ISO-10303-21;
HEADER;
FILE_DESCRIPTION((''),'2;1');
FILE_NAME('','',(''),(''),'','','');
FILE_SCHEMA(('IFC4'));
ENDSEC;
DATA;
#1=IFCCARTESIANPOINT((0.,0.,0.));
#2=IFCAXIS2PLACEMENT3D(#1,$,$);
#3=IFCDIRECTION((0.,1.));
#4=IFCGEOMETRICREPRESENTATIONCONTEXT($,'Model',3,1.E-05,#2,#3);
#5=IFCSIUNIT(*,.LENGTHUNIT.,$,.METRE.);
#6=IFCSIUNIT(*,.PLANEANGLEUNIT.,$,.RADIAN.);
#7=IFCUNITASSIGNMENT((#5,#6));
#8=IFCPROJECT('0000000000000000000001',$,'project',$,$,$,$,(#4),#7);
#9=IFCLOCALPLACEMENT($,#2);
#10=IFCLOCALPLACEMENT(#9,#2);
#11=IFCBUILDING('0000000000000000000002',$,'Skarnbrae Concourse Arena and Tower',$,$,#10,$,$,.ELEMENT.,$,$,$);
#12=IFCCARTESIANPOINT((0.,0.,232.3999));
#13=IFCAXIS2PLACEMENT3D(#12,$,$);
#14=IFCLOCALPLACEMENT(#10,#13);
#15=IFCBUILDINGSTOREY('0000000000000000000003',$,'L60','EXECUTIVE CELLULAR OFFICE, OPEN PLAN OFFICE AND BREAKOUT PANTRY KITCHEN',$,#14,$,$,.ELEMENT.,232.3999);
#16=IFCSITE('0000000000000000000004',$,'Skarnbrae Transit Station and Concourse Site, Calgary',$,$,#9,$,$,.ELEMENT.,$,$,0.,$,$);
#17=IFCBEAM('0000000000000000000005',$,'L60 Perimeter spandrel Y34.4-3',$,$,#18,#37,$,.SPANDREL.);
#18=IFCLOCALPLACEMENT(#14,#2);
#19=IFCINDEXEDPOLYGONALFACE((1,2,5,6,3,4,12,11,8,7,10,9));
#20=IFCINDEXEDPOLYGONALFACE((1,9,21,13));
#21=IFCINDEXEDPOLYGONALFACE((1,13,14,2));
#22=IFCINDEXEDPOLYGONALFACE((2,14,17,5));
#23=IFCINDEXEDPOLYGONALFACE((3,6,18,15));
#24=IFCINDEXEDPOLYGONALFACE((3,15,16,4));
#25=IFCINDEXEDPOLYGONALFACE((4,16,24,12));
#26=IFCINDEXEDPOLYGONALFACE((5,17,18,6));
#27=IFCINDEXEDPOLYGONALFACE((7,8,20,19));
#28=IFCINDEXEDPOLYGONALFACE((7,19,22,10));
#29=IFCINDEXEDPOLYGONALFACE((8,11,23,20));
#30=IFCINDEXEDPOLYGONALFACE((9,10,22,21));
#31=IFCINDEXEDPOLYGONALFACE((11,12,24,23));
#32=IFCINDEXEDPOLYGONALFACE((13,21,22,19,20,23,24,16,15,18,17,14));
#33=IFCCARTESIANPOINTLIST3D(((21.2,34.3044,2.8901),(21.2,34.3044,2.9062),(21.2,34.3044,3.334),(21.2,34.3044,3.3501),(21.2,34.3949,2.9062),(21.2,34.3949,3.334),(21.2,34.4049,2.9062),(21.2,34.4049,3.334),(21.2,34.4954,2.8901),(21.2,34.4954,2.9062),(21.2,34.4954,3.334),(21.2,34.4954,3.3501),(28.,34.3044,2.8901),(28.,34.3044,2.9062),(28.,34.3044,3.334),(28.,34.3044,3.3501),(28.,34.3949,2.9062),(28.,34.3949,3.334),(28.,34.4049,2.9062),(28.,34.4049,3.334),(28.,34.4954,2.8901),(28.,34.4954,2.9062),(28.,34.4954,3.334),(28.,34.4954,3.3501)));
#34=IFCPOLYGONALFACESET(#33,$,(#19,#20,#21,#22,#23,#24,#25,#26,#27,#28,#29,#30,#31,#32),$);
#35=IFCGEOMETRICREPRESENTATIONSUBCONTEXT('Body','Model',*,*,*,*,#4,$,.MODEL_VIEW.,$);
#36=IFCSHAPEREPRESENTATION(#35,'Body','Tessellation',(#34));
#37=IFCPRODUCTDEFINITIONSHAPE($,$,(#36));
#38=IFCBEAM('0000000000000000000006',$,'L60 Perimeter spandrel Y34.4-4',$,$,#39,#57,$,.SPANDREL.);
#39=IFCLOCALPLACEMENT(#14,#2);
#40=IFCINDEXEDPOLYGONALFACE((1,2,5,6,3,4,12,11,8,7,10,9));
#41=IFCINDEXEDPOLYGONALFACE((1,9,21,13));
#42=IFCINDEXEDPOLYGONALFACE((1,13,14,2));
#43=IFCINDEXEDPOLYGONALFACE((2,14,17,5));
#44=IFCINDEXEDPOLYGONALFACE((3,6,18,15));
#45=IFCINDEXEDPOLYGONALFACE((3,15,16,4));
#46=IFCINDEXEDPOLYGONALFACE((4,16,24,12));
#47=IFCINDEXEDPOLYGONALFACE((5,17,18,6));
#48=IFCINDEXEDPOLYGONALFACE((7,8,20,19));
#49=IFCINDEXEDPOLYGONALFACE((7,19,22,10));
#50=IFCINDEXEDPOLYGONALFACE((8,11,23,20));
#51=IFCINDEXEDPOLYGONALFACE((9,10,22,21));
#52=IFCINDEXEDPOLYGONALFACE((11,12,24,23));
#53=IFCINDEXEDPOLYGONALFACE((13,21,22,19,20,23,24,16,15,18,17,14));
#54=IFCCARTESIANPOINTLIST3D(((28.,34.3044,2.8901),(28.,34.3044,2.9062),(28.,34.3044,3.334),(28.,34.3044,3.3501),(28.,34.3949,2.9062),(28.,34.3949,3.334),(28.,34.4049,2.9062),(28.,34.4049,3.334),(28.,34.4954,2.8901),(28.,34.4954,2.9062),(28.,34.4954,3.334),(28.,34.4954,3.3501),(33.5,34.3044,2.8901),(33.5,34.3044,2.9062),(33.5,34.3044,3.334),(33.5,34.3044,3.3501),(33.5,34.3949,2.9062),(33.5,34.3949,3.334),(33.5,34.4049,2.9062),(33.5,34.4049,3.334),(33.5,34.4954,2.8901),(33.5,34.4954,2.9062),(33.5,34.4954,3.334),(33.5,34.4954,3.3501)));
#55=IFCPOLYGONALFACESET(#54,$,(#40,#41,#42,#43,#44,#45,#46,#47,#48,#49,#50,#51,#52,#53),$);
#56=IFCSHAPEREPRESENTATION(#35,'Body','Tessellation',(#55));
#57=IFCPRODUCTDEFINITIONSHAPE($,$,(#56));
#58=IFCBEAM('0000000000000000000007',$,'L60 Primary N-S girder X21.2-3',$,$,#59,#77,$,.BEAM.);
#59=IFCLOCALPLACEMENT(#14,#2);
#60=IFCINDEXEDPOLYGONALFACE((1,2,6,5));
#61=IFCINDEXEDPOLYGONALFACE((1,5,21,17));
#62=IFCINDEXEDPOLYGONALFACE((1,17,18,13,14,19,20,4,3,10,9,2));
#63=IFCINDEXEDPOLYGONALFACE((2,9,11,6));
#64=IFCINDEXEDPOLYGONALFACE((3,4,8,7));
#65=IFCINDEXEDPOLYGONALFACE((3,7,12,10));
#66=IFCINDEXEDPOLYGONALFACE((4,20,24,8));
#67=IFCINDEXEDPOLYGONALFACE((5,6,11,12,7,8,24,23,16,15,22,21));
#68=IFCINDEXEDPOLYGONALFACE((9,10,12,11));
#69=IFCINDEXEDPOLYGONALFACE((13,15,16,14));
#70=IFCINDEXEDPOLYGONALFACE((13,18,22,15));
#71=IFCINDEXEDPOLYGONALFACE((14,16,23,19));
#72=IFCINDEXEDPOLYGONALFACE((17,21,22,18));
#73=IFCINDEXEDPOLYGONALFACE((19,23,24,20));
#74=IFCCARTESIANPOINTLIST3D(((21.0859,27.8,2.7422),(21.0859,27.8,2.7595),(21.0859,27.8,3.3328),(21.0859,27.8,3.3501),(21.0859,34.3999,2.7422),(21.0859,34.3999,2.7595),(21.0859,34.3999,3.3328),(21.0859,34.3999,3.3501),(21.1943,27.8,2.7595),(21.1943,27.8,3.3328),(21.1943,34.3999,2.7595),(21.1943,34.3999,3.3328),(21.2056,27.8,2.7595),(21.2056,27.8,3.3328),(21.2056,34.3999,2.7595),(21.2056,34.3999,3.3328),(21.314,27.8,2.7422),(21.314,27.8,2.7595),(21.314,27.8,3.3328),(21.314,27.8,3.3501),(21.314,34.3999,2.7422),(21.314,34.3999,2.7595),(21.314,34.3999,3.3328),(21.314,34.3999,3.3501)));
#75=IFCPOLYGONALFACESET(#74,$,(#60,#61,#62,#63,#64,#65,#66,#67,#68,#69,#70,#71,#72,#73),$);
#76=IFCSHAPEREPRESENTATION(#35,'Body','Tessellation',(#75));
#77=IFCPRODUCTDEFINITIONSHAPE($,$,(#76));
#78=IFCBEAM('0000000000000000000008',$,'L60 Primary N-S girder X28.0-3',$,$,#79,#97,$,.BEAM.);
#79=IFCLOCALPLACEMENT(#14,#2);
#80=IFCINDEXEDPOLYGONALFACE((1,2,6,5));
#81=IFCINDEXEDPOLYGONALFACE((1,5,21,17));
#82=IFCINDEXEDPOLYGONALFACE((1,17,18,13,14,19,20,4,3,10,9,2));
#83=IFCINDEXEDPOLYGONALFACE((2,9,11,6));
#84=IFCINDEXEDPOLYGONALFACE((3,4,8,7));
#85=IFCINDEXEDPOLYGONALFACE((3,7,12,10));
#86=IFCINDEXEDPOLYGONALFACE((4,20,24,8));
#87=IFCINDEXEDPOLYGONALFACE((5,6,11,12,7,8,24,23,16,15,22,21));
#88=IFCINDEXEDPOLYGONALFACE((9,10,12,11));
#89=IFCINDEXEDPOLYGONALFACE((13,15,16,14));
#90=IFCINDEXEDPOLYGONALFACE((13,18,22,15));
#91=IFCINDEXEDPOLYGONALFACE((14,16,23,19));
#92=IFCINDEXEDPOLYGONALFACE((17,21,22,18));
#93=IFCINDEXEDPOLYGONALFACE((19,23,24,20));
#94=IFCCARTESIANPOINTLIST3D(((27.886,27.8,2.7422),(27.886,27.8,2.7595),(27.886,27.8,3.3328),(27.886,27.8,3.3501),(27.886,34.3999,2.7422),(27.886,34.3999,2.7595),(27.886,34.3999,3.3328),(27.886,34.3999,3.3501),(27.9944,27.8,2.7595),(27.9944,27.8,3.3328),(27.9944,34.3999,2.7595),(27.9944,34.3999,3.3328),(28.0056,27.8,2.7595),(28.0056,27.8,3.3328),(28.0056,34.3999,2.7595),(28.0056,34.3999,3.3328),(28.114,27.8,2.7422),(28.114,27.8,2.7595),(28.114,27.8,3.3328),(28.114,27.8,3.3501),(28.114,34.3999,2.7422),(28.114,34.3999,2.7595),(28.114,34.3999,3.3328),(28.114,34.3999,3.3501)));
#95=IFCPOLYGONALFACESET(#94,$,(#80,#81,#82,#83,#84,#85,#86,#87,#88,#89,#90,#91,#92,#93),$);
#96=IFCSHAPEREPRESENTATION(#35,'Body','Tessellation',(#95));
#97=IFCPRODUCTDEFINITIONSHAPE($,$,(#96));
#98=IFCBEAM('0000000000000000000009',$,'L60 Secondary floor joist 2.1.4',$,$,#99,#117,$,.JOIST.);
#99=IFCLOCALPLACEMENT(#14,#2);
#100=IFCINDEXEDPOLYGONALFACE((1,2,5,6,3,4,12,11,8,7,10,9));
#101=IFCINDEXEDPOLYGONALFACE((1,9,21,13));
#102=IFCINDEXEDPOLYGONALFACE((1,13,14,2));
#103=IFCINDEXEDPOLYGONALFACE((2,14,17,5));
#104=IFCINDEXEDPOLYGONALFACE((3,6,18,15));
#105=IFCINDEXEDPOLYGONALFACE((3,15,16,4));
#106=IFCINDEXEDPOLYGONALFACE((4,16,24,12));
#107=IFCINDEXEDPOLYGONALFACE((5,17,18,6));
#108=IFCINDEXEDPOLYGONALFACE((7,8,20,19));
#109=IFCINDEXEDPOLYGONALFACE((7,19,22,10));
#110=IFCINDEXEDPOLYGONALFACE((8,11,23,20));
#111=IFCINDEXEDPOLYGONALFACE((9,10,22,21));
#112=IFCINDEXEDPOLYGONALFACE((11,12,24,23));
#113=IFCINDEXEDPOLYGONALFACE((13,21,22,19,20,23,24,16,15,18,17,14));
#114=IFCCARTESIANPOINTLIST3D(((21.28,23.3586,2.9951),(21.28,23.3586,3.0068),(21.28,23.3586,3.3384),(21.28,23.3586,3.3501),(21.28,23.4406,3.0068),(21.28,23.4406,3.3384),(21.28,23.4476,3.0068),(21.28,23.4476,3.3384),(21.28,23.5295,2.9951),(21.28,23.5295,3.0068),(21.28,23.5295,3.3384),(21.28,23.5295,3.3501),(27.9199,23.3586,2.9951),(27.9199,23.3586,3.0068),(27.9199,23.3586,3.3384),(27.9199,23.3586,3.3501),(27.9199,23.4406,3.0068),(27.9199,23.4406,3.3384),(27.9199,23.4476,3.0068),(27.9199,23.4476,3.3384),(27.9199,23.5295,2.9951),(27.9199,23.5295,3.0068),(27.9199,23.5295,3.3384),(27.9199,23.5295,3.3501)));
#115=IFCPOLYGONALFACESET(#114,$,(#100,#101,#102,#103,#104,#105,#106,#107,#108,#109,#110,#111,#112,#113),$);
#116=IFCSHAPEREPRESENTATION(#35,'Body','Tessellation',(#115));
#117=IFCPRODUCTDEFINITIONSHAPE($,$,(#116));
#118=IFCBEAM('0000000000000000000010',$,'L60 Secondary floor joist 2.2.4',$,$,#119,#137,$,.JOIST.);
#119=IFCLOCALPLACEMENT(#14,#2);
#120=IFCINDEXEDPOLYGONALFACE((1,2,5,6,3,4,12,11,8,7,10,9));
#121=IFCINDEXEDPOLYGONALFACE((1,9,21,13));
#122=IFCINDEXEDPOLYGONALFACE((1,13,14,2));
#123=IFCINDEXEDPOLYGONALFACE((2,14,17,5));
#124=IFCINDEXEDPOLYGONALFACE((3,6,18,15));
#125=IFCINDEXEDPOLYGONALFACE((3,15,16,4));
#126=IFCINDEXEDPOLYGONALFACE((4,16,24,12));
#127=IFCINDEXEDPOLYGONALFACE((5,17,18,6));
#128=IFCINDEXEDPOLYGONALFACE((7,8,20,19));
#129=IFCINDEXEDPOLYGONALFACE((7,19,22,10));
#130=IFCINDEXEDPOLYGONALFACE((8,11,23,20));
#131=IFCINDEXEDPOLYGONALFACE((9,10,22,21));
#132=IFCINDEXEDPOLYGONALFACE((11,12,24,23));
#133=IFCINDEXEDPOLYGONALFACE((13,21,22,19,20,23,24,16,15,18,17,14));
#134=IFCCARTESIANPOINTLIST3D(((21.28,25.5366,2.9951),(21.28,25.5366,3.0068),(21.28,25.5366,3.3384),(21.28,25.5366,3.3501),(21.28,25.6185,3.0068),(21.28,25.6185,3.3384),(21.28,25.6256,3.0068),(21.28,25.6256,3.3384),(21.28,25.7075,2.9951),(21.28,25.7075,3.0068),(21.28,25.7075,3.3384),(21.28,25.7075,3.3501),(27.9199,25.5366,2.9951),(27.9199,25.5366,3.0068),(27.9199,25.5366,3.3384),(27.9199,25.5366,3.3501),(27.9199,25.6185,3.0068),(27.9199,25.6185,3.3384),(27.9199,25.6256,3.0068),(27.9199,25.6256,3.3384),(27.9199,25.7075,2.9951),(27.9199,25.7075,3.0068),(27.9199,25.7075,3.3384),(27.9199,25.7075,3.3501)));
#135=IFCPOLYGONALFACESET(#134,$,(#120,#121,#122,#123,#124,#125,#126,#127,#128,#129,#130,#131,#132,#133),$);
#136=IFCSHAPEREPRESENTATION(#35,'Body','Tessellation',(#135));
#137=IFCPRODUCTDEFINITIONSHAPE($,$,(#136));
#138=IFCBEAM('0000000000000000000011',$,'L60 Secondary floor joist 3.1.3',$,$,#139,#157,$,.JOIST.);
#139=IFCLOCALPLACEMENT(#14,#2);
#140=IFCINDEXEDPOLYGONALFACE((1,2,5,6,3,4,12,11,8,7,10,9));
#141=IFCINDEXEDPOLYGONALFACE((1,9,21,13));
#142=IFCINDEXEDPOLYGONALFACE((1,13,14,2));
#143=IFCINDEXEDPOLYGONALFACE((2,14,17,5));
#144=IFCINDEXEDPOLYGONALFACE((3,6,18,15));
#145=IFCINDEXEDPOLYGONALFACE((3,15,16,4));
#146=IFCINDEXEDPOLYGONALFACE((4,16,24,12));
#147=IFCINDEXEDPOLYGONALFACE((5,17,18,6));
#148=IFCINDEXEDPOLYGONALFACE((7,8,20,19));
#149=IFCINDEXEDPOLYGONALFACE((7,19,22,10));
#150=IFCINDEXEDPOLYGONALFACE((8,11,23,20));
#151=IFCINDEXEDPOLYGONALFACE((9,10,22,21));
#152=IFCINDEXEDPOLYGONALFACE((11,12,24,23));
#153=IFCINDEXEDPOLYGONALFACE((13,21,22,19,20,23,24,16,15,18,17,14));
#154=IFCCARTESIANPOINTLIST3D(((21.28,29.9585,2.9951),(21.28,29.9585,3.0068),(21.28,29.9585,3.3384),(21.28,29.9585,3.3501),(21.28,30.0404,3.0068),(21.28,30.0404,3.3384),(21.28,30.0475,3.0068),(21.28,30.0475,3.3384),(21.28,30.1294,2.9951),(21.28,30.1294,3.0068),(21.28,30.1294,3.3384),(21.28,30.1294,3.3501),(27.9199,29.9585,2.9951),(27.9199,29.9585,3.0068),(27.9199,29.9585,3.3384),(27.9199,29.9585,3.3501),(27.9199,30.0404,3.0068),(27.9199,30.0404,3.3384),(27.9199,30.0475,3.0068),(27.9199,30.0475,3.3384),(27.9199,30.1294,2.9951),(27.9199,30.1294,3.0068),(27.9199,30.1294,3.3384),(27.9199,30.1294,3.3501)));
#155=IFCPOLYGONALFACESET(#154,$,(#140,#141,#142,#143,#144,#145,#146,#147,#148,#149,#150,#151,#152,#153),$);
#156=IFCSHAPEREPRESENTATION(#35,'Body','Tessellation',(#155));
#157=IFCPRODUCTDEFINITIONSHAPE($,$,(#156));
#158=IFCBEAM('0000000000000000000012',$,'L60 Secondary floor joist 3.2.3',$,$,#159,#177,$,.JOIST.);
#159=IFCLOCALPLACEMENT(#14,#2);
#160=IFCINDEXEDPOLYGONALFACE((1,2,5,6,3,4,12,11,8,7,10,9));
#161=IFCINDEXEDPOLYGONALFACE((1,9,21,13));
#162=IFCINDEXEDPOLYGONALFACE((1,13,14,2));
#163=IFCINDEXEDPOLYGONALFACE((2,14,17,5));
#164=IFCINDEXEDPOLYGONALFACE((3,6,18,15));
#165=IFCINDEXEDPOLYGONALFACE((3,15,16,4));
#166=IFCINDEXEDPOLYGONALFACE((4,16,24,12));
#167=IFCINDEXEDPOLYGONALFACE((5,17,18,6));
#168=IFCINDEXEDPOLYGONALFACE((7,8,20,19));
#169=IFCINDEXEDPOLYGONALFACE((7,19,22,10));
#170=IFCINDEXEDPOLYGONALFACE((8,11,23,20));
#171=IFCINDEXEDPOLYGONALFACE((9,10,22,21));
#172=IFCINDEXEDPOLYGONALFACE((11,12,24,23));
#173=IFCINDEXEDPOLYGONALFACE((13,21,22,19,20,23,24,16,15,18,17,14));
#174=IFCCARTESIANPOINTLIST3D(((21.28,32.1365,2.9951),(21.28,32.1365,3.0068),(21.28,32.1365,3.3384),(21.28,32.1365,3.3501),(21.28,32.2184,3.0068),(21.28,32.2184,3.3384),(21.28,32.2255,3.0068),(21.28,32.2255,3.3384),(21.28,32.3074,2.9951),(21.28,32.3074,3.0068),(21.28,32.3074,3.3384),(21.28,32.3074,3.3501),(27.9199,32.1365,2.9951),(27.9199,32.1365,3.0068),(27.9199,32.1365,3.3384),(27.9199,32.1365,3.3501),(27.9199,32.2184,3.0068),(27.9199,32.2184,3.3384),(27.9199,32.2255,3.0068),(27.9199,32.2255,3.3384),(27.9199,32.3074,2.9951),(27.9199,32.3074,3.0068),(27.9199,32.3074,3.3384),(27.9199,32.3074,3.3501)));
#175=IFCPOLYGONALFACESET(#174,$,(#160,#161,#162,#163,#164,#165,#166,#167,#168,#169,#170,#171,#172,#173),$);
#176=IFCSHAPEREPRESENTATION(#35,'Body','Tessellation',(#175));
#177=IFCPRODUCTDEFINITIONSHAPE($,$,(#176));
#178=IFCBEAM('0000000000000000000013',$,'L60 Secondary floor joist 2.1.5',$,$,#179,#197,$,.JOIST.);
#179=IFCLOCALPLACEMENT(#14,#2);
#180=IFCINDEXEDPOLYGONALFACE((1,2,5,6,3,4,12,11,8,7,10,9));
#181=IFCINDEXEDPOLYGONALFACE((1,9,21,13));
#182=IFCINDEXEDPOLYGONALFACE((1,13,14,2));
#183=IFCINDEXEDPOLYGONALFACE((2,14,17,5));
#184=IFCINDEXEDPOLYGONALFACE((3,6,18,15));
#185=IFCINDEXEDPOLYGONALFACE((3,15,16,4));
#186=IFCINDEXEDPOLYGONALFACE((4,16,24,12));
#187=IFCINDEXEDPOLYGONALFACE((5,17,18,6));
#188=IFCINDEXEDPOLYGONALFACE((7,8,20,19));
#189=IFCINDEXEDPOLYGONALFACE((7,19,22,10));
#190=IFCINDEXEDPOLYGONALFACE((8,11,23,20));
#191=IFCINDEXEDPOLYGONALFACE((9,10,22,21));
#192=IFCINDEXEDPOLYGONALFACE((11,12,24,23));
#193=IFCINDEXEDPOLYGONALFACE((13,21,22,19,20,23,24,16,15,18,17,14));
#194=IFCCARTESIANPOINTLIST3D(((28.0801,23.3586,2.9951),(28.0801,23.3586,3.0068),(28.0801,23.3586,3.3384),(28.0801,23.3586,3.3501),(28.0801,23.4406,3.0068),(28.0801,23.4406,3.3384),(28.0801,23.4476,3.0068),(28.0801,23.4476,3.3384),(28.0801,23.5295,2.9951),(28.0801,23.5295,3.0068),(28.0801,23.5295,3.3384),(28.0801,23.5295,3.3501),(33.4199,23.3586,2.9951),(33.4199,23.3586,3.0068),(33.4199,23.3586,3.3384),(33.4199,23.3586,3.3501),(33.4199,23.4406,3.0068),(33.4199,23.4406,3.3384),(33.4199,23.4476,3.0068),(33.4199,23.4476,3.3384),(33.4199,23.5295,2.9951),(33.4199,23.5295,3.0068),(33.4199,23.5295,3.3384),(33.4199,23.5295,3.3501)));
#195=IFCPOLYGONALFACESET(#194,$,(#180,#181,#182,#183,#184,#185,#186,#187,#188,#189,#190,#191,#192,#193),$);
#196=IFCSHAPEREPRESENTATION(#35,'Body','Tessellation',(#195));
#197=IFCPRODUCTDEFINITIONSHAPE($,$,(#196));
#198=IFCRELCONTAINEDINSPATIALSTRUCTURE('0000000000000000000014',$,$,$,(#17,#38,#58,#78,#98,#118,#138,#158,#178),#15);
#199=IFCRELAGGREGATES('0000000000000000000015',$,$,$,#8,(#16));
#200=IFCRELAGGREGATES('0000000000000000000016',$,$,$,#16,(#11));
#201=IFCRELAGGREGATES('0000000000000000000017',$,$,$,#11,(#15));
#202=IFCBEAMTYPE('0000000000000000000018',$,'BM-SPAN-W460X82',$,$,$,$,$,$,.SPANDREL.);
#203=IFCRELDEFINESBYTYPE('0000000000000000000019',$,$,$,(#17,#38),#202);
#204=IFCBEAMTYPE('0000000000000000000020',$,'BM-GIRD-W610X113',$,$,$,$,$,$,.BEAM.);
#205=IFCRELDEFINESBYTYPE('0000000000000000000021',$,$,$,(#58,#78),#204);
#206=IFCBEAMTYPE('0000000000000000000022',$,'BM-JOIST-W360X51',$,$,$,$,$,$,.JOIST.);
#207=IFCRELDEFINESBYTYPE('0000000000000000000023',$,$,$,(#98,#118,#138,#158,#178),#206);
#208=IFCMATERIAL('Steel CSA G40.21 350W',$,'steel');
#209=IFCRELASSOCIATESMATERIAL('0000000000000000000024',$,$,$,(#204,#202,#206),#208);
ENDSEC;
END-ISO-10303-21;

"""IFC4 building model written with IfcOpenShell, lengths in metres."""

from ifc_helpers import new_model, si_unit, direction, frame, origin, origin_2d, place, context, subcontext, project, spatial, i_section, extrude, source, transform, mapped, material, material_profile, profile_set, type_object, element, save


model = new_model("IFC4")

# Units and contexts
model_context = context("Model", 3, precision=1e-05, world=origin(), true_north=direction((0.0, 1.0)))
body_context = subcontext(model_context, "Body", "Model", "MODEL_VIEW")
ifc_project = project(units=[si_unit("LENGTHUNIT", "METRE"), si_unit("PLANEANGLEUNIT", "RADIAN")], contexts=[model_context])

# Site, building, storey
site_placement = place(None, origin())
site = spatial("IfcSite", under=ifc_project, at=site_placement, Name="Skarnbrae Transit Station and Concourse Site, Calgary", CompositionType="ELEMENT", RefElevation=0.0)
building_placement = place(site_placement, origin())
building = spatial("IfcBuilding", under=site, at=building_placement, Name="Skarnbrae Concourse Arena and Tower", CompositionType="ELEMENT")
storey_placement = place(building_placement, frame((0.0, 0.0, 232.3999)))
storey = spatial("IfcBuildingStorey", under=building, at=storey_placement, Name="L60", Description="EXECUTIVE CELLULAR OFFICE, OPEN PLAN OFFICE AND BREAKOUT PANTRY KITCHEN", CompositionType="ELEMENT", Elevation=232.3999)

# Shared definitions
ifc_material_1 = material(Name="Steel CSA G40.21 350W", Category="steel")

# Beams
ifc_material_profile_1 = material_profile(ifc_material_1, i_section(OverallWidth=0.228, OverallDepth=0.6079, WebThickness=0.0112, FlangeThickness=0.0173, at=origin_2d()), Name="W610X113")
ifc_profile_set_1 = profile_set([ifc_material_profile_1], Name="Steel CSA G40.21 350W")
beam_type_1 = type_object("IfcBeamType", Name="BM-GIRD-W610X113", PredefinedType="BEAM", material=ifc_profile_set_1)
ifc_material_profile_2 = material_profile(ifc_material_1, i_section(OverallWidth=0.1909, OverallDepth=0.46, WebThickness=0.01, FlangeThickness=0.0161, at=origin_2d()), Name="W460X82")
ifc_profile_set_2 = profile_set([ifc_material_profile_2], Name="Steel CSA G40.21 350W")
beam_type_2 = type_object("IfcBeamType", Name="BM-SPAN-W460X82", PredefinedType="SPANDREL", material=ifc_profile_set_2)
shared_shape_1 = source(origin(), body_context, "Body", "SweptSolid", [
    extrude(i_section(OverallWidth=0.1909, OverallDepth=0.46, WebThickness=0.01, FlangeThickness=0.0161, at=origin_2d()), origin(), (0.0, 0.0, 1.0), 6.8),
])
beam_1_placement = place(storey_placement, frame((21.2, 34.3999, 3.1201), z_axis=(1.0, 0.0, 0.0), x_axis=(0.0, 1.0, 0.0)))
element("IfcBeam", 1, at=beam_1_placement, inside=storey, type_object=beam_type_2, Name="L60 Perimeter spandrel Y34.4-3", PredefinedType="SPANDREL", context=body_context, shape_type="MappedRepresentation", body=[
    mapped(shared_shape_1, transform((0.0, 0.0, 0.0))),
])
shared_shape_2 = source(origin(), body_context, "Body", "SweptSolid", [
    extrude(i_section(OverallWidth=0.1909, OverallDepth=0.46, WebThickness=0.01, FlangeThickness=0.0161, at=origin_2d()), origin(), (0.0, 0.0, 1.0), 5.5),
])
beam_2_placement = place(storey_placement, frame((28.0, 34.3999, 3.1201), z_axis=(1.0, 0.0, 0.0), x_axis=(0.0, 1.0, 0.0)))
element("IfcBeam", 2, at=beam_2_placement, inside=storey, type_object=beam_type_2, Name="L60 Perimeter spandrel Y34.4-4", PredefinedType="SPANDREL", context=body_context, shape_type="MappedRepresentation", body=[
    mapped(shared_shape_2, transform((0.0, 0.0, 0.0))),
])
shared_shape_3 = source(origin(), body_context, "Body", "SweptSolid", [
    extrude(i_section(OverallWidth=0.228, OverallDepth=0.6079, WebThickness=0.0112, FlangeThickness=0.0173, at=origin_2d()), origin(), (0.0, 0.0, 1.0), 6.5999),
])
for number, where, z_axis, x_axis, name in (
    (3, (21.2, 27.8, 3.0461), (0.0, 1.0, 0.0), (-1.0, 0.0, 0.0), "L60 Primary N-S girder X21.2-3"),
    (4, (28.0, 27.8, 3.0461), (0.0, 1.0, 0.0), (-1.0, 0.0, 0.0), "L60 Primary N-S girder X28.0-3"),
):
    element("IfcBeam", number, at=place(storey_placement, frame(where, z_axis=z_axis, x_axis=x_axis)), inside=storey, type_object=beam_type_1, Name=name, PredefinedType="BEAM", context=body_context, shape_type="MappedRepresentation", body=[
        mapped(shared_shape_3, transform((0.0, 0.0, 0.0))),
    ])
ifc_material_profile_3 = material_profile(ifc_material_1, i_section(OverallWidth=0.1709, OverallDepth=0.355, WebThickness=0.0071, FlangeThickness=0.0117, at=origin_2d()), Name="W360X51")
ifc_profile_set_3 = profile_set([ifc_material_profile_3], Name="Steel CSA G40.21 350W")
beam_type_3 = type_object("IfcBeamType", Name="BM-JOIST-W360X51", PredefinedType="JOIST", material=ifc_profile_set_3)
shared_shape_4 = source(origin(), body_context, "Body", "SweptSolid", [
    extrude(i_section(OverallWidth=0.1709, OverallDepth=0.355, WebThickness=0.0071, FlangeThickness=0.0117, at=origin_2d()), origin(), (0.0, 0.0, 1.0), 6.6399),
])
for number, where, z_axis, x_axis, name in (
    (5, (21.28, 23.4441, 3.1726), (1.0, 0.0, 0.0), (0.0, 1.0, 0.0), "L60 Secondary floor joist 2.1.4"),
    (6, (21.28, 25.6221, 3.1726), (1.0, 0.0, 0.0), (0.0, 1.0, 0.0), "L60 Secondary floor joist 2.2.4"),
    (7, (21.28, 30.0439, 3.1726), (1.0, 0.0, 0.0), (0.0, 1.0, 0.0), "L60 Secondary floor joist 3.1.3"),
    (8, (21.28, 32.2219, 3.1726), (1.0, 0.0, 0.0), (0.0, 1.0, 0.0), "L60 Secondary floor joist 3.2.3"),
):
    element("IfcBeam", number, at=place(storey_placement, frame(where, z_axis=z_axis, x_axis=x_axis)), inside=storey, type_object=beam_type_3, Name=name, PredefinedType="JOIST", context=body_context, shape_type="MappedRepresentation", body=[
        mapped(shared_shape_4, transform((0.0, 0.0, 0.0))),
    ])
shared_shape_5 = source(origin(), body_context, "Body", "SweptSolid", [
    extrude(i_section(OverallWidth=0.1709, OverallDepth=0.355, WebThickness=0.0071, FlangeThickness=0.0117, at=origin_2d()), origin(), (0.0, 0.0, 1.0), 5.3398),
])
for number, where, z_axis, x_axis, name in (
    (9, (28.0801, 23.4441, 3.1726), (1.0, 0.0, 0.0), (0.0, 1.0, 0.0), "L60 Secondary floor joist 2.1.5"),
):
    element("IfcBeam", number, at=place(storey_placement, frame(where, z_axis=z_axis, x_axis=x_axis)), inside=storey, type_object=beam_type_3, Name=name, PredefinedType="JOIST", context=body_context, shape_type="MappedRepresentation", body=[
        mapped(shared_shape_5, transform((0.0, 0.0, 0.0))),
    ])

save(model, "model.ifc")
